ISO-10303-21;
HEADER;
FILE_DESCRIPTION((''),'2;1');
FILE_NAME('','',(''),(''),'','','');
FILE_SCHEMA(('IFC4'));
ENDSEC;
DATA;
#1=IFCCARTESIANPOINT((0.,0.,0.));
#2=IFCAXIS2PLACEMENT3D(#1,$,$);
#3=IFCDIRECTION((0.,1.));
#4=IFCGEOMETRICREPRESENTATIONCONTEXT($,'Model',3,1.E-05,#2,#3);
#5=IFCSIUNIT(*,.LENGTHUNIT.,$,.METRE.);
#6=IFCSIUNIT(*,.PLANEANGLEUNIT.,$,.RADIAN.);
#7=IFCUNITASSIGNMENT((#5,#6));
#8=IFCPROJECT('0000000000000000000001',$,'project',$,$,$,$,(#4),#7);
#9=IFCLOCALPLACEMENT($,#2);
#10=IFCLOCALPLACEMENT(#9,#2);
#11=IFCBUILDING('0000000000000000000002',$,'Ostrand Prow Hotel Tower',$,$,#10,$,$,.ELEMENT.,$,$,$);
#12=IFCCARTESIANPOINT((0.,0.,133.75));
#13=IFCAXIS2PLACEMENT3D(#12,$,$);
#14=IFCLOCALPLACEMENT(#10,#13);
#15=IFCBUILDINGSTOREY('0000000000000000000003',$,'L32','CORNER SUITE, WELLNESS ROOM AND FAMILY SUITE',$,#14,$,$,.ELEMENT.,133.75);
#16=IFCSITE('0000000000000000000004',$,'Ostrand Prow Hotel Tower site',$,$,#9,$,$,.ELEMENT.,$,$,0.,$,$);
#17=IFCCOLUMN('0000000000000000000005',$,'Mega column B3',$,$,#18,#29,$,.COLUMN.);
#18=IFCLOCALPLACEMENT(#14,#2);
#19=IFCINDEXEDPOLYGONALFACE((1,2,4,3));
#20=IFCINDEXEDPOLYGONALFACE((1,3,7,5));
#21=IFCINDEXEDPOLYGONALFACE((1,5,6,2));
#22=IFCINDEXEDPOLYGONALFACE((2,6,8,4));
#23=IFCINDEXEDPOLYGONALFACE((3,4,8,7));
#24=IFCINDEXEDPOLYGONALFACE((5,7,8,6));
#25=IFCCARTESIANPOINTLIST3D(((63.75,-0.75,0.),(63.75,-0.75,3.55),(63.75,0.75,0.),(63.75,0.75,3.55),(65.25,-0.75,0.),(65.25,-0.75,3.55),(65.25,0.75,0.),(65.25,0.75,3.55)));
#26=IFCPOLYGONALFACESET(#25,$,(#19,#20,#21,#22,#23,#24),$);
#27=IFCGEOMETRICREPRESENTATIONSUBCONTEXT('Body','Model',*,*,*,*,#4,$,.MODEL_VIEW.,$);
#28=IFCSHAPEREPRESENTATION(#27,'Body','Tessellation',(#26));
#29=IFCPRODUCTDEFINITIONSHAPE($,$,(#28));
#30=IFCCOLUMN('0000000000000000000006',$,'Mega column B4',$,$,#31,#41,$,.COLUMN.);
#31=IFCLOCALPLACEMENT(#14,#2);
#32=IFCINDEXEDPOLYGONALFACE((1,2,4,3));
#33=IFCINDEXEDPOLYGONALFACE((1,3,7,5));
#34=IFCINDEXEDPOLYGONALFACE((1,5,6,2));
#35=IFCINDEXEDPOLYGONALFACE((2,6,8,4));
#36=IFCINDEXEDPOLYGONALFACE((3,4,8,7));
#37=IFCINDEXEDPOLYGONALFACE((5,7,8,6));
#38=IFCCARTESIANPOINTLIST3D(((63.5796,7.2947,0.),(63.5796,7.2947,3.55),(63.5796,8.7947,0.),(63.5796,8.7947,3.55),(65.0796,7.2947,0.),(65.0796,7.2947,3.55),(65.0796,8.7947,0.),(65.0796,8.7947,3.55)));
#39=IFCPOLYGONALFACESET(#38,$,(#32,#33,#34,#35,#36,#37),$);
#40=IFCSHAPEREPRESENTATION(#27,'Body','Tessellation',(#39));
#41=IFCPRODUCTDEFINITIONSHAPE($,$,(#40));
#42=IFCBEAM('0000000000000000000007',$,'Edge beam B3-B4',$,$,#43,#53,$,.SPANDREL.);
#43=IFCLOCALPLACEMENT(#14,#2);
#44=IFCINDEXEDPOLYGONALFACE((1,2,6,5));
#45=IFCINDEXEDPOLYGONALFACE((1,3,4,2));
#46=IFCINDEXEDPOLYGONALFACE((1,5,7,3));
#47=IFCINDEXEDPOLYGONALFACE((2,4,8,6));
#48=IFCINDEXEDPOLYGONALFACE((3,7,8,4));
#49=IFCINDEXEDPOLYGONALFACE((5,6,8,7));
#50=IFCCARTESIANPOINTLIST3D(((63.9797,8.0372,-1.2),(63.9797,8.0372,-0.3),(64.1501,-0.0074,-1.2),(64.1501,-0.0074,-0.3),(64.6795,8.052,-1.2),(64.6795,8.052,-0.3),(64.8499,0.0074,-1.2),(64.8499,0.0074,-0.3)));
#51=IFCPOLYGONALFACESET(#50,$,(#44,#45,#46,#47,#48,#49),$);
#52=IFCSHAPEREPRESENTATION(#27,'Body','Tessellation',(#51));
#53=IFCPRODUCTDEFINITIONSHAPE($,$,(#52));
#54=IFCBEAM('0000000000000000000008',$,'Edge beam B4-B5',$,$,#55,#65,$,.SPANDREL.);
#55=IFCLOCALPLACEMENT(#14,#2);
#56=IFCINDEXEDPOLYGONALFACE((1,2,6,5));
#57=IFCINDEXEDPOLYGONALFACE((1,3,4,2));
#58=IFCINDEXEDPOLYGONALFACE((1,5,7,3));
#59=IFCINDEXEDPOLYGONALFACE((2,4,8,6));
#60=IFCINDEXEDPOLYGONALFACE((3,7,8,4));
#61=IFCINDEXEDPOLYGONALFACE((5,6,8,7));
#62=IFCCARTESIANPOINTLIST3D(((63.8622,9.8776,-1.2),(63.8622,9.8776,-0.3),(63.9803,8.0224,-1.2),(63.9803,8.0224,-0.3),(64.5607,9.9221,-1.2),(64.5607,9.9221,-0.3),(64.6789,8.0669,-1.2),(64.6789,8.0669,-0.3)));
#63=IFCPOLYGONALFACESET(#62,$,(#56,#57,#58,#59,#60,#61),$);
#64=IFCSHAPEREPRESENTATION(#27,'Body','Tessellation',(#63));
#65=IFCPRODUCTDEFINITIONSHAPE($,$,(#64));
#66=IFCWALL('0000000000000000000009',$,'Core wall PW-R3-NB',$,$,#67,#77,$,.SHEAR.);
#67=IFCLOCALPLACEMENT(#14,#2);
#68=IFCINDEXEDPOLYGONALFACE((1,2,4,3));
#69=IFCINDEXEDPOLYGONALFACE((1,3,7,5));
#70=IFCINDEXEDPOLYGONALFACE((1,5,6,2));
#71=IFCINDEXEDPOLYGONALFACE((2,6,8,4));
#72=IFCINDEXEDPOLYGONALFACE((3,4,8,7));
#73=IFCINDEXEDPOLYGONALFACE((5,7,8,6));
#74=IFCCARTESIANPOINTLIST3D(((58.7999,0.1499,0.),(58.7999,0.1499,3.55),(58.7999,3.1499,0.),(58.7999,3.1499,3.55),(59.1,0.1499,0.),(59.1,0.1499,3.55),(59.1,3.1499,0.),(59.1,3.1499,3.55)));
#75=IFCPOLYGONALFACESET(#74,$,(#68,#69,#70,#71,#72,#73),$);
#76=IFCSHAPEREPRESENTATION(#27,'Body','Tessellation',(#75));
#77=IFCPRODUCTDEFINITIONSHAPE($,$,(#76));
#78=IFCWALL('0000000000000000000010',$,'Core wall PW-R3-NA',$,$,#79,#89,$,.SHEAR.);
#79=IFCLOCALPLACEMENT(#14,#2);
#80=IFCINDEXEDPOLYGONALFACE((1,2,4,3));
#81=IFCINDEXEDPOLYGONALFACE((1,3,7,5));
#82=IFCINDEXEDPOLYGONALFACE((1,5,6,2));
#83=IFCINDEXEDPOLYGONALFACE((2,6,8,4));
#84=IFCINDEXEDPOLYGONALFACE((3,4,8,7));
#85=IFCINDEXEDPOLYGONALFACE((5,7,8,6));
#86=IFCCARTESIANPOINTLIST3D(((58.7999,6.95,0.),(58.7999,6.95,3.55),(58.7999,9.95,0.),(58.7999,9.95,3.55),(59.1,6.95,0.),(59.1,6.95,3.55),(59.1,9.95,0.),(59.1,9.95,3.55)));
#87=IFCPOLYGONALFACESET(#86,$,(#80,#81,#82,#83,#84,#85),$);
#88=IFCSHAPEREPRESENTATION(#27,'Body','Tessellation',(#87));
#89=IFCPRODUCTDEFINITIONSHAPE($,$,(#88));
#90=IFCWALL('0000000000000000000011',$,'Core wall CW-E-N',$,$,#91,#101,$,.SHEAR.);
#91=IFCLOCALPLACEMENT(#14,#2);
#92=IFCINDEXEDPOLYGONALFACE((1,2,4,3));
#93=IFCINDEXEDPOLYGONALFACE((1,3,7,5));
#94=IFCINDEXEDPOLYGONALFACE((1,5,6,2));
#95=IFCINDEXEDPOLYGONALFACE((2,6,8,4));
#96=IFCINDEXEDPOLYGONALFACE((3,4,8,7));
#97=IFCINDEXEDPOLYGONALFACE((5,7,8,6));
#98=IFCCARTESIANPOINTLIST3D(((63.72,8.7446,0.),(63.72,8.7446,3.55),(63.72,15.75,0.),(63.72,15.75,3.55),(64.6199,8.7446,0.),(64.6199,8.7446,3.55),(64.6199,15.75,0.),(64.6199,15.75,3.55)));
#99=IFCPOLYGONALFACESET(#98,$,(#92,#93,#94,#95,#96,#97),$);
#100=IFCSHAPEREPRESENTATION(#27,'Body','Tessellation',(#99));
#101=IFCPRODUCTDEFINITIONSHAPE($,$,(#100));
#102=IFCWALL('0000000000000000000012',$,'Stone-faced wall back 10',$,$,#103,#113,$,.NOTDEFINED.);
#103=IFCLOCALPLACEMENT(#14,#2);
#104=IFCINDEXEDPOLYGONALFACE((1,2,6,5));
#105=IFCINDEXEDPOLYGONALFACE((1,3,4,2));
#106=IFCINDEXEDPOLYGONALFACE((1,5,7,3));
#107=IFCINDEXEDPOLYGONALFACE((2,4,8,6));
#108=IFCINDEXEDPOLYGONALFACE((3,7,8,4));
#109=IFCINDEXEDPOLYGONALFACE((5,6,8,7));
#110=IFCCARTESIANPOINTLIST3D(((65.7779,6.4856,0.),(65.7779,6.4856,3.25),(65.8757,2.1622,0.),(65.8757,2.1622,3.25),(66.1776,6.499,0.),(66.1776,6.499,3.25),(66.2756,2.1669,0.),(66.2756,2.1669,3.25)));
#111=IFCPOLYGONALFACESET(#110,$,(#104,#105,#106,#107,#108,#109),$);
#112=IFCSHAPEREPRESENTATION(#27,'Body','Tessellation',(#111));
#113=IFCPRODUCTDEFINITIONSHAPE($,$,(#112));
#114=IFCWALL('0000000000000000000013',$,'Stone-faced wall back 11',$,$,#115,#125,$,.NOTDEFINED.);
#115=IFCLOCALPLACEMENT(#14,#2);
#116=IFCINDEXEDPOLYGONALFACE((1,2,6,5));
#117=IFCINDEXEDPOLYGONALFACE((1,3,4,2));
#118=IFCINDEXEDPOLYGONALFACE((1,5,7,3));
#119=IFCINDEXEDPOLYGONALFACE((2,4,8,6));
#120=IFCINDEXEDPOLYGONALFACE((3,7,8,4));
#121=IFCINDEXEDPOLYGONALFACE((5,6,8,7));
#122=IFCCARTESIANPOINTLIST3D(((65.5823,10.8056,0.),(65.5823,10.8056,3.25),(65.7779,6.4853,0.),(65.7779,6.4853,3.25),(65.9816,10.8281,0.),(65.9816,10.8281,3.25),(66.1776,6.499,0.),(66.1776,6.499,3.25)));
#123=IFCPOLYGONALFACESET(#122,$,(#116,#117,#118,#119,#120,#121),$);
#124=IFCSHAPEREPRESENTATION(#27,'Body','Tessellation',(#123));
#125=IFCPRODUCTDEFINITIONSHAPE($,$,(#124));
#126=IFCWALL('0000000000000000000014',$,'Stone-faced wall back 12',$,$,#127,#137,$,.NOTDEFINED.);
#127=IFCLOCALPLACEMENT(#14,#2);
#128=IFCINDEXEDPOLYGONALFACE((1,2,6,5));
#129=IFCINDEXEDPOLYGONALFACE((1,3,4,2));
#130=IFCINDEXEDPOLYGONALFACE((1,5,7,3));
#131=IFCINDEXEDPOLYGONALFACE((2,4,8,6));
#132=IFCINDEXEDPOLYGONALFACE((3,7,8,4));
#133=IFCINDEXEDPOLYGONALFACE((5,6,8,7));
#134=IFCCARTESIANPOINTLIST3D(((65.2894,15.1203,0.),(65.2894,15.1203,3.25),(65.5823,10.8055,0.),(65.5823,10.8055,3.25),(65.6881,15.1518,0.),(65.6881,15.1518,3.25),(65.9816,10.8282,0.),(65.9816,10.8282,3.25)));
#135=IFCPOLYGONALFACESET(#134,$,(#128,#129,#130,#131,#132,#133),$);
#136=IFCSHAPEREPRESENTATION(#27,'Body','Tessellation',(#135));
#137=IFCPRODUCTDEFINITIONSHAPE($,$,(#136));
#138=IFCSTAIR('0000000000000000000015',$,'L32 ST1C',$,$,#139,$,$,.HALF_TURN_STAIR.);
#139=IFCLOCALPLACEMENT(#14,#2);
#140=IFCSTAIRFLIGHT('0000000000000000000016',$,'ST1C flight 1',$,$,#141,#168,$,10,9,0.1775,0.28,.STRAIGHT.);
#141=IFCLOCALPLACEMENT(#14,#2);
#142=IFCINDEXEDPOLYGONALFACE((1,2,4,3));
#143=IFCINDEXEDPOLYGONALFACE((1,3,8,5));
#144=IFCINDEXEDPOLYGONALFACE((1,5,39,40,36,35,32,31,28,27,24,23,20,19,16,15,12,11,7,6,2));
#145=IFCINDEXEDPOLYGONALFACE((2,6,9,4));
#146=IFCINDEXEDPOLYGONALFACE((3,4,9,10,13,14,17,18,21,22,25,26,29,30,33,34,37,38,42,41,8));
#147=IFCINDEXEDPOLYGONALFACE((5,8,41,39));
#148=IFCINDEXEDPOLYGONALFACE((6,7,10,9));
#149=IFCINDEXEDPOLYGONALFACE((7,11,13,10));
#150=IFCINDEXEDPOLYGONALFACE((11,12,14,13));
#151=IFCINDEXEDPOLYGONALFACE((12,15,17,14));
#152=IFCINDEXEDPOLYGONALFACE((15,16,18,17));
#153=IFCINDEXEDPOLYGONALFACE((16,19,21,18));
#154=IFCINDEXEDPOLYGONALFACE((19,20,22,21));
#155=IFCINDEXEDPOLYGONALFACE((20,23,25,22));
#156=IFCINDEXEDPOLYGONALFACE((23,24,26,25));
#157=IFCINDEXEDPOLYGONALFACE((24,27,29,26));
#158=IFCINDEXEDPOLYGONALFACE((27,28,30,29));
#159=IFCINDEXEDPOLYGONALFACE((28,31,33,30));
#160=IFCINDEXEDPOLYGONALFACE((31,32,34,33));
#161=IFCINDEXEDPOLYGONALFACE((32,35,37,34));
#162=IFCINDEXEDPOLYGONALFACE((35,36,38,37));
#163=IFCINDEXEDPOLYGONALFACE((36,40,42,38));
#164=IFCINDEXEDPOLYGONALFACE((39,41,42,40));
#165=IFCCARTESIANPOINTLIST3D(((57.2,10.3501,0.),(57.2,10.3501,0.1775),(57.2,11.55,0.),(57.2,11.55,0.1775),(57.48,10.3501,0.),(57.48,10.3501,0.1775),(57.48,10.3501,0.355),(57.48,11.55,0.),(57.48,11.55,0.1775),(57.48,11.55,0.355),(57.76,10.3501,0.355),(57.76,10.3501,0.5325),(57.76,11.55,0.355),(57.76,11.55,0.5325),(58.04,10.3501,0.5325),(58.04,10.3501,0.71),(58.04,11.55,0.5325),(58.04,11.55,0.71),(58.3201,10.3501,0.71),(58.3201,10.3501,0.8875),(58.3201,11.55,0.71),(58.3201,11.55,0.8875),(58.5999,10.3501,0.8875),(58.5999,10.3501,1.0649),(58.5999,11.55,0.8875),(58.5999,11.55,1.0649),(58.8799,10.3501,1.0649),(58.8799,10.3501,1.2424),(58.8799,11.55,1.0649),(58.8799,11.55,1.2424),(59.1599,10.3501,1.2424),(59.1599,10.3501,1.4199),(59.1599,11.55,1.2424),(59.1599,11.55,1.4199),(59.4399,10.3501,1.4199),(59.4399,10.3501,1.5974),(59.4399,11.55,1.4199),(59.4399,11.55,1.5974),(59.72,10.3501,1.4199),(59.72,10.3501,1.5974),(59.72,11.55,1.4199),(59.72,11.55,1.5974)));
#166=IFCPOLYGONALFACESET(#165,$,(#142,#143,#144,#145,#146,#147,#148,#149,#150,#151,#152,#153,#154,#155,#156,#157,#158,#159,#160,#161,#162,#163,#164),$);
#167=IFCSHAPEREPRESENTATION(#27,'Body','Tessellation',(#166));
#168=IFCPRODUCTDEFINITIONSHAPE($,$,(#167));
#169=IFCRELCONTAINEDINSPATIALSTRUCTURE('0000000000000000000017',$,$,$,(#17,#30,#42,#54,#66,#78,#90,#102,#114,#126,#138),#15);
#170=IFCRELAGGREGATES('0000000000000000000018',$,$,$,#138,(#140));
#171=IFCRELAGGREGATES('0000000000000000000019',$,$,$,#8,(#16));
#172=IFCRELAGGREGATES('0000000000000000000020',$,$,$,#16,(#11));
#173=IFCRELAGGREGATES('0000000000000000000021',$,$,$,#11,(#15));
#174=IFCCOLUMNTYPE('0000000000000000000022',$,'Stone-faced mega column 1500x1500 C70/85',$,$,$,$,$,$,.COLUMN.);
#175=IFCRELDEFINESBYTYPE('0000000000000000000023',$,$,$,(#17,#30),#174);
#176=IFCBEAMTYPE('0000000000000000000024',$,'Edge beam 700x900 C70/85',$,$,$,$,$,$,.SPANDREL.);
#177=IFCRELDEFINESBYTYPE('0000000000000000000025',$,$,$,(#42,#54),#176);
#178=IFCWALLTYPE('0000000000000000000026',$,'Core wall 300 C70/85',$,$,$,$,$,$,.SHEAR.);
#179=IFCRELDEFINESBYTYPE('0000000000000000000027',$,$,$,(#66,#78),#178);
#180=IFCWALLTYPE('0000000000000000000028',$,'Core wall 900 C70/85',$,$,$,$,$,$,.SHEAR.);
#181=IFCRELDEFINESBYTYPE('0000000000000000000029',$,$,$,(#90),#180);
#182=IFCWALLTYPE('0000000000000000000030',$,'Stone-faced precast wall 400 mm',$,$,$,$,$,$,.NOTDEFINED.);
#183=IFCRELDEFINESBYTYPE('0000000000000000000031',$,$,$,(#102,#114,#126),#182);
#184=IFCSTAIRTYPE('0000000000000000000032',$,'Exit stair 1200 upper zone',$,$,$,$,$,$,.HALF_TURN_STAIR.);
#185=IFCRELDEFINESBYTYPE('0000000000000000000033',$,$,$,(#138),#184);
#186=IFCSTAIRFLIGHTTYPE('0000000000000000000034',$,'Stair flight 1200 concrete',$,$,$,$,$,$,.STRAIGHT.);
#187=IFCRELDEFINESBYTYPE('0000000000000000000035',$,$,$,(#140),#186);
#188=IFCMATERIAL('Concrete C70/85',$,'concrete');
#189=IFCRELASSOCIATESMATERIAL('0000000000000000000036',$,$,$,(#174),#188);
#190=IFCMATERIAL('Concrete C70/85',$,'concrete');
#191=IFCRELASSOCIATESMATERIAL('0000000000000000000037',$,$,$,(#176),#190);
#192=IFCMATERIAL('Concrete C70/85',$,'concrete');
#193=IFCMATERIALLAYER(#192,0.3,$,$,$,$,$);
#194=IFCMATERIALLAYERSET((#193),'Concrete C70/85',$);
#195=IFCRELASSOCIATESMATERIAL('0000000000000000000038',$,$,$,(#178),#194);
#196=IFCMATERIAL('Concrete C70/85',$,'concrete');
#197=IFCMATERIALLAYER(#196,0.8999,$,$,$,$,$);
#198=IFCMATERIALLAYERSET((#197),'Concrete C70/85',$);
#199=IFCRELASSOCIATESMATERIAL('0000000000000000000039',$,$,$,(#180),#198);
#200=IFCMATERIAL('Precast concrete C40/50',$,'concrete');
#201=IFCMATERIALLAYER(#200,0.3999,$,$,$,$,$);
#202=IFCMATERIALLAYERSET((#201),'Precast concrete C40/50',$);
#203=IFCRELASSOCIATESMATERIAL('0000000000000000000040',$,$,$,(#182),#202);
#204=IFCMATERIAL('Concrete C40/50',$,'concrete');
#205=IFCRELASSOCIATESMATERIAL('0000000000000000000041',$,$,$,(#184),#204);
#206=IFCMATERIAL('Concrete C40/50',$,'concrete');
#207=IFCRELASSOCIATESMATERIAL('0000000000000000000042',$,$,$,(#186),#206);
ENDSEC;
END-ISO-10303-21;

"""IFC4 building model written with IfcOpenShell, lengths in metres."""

from ifc_helpers import new_model, si_unit, direction, frame, frame_2d, origin, origin_2d, place, context, subcontext, project, spatial, polyline, rectangle, outline, extrude, material, layer, layer_set, material_profile, profile_set, type_object, element, aggregate, save


model = new_model("IFC4")

# Units and contexts
model_context = context("Model", 3, precision=1e-05, world=origin(), true_north=direction((0.0, 1.0)))
body_context = subcontext(model_context, "Body", "Model", "MODEL_VIEW")
ifc_project = project(units=[si_unit("LENGTHUNIT", "METRE"), si_unit("PLANEANGLEUNIT", "RADIAN")], contexts=[model_context])

# Site, building, storey
site_placement = place(None, origin())
site = spatial("IfcSite", under=ifc_project, at=site_placement, Name="Ostrand Prow Hotel Tower site", CompositionType="ELEMENT", RefElevation=0.0)
building_placement = place(site_placement, origin())
building = spatial("IfcBuilding", under=site, at=building_placement, Name="Ostrand Prow Hotel Tower", CompositionType="ELEMENT")
storey_placement = place(building_placement, frame((0.0, 0.0, 133.75)))
storey = spatial("IfcBuildingStorey", under=building, at=storey_placement, Name="L32", Description="CORNER SUITE, WELLNESS ROOM AND FAMILY SUITE", CompositionType="ELEMENT", Elevation=133.75)

# Columns
ifc_material_1 = material(Name="Concrete C70/85", Category="concrete")
ifc_material_profile_1 = material_profile(ifc_material_1, rectangle(XDim=1.5, YDim=1.5, at=origin_2d()), Name="RC 1500x1500")
ifc_profile_set_1 = profile_set([ifc_material_profile_1], Name="Concrete C70/85")
column_type = type_object("IfcColumnType", Name="Stone-faced mega column 1500x1500 C70/85", PredefinedType="COLUMN", material=ifc_profile_set_1)
for number, where, z_axis, x_axis, name in (
    (1, (64.5, 0.0, 0.0), (0.0, 0.0, 1.0), (1.0, 0.0, 0.0), "Mega column B3"),
    (2, (64.3296, 8.0447, 0.0), (0.0, 0.0, 1.0), (1.0, 0.0, 0.0), "Mega column B4"),
):
    element("IfcColumn", number, at=place(storey_placement, frame(where, z_axis=z_axis, x_axis=x_axis)), inside=storey, type_object=column_type, Name=name, PredefinedType="COLUMN", context=body_context, shape_type="SweptSolid", body=[
        extrude(rectangle(XDim=1.5, YDim=1.5, at=origin_2d()), origin(), (0.0, 0.0, 1.0), 3.55),
    ])

# Beams
ifc_material_2 = material(Name="Concrete C70/85", Category="concrete")
ifc_material_profile_2 = material_profile(ifc_material_2, rectangle(XDim=0.7, YDim=0.8999, at=origin_2d()), Name="RC 700x900")
ifc_profile_set_2 = profile_set([ifc_material_profile_2], Name="Concrete C70/85")
beam_type = type_object("IfcBeamType", Name="Edge beam 700x900 C70/85", PredefinedType="SPANDREL", material=ifc_profile_set_2)
beam_1_placement = place(storey_placement, frame((64.5, 0.0, -0.75), z_axis=(-0.021178, 0.999776, 0.0), x_axis=(-0.999776, -0.021178, 0.0)))
element("IfcBeam", 3, at=beam_1_placement, inside=storey, type_object=beam_type, Name="Edge beam B3-B4", PredefinedType="SPANDREL", context=body_context, shape_type="SweptSolid", body=[
    extrude(rectangle(XDim=0.7, YDim=0.8999, at=origin_2d()), origin(), (0.0, 0.0, 1.0), 8.0464),
])
beam_2_placement = place(storey_placement, frame((64.3296, 8.0447, -0.75), z_axis=(-0.063564, 0.997978, 0.0), x_axis=(-0.997978, -0.063564, 0.0)))
element("IfcBeam", 4, at=beam_2_placement, inside=storey, type_object=beam_type, Name="Edge beam B4-B5", PredefinedType="SPANDREL", context=body_context, shape_type="SweptSolid", body=[
    extrude(rectangle(XDim=0.7, YDim=0.8999, at=origin_2d()), origin(), (0.0, 0.0, 1.0), 1.8589),
])

# Walls
ifc_material_3 = material(Name="Concrete C70/85", Category="concrete")
ifc_layer_1 = layer(ifc_material_3, 0.3)
ifc_layer_set_1 = layer_set([ifc_layer_1], Name="Concrete C70/85")
wall_type_1 = type_object("IfcWallType", Name="Core wall 300 C70/85", PredefinedType="SHEAR", material=ifc_layer_set_1)
for number, where, z_axis, x_axis, name in (
    (5, (58.95, 0.1499, 0.0), (0.0, 0.0, 1.0), (0.0, 1.0, 0.0), "Core wall PW-R3-NB"),
    (6, (58.95, 6.95, 0.0), (0.0, 0.0, 1.0), (0.0, 1.0, 0.0), "Core wall PW-R3-NA"),
):
    element("IfcWall", number, at=place(storey_placement, frame(where, z_axis=z_axis, x_axis=x_axis)), inside=storey, type_object=wall_type_1, Name=name, PredefinedType="SHEAR", context=body_context, shape_type="SweptSolid", body=[
        extrude(rectangle(XDim=3.0, YDim=0.3, at=frame_2d((1.5, 0.0))), origin(), (0.0, 0.0, 1.0), 3.55),
    ])
ifc_material_4 = material(Name="Concrete C70/85", Category="concrete")
ifc_layer_2 = layer(ifc_material_4, 0.8999)
ifc_layer_set_2 = layer_set([ifc_layer_2], Name="Concrete C70/85")
wall_type_2 = type_object("IfcWallType", Name="Core wall 900 C70/85", PredefinedType="SHEAR", material=ifc_layer_set_2)
wall_1_placement = place(storey_placement, frame((64.1699, 8.7446, 0.0), z_axis=(0.0, 0.0, 1.0), x_axis=(0.0, 1.0, 0.0)))
element("IfcWall", 7, at=wall_1_placement, inside=storey, type_object=wall_type_2, Name="Core wall CW-E-N", PredefinedType="SHEAR", context=body_context, shape_type="SweptSolid", body=[
    extrude(rectangle(XDim=7.0054, YDim=0.8999, at=frame_2d((3.5027, 0.0))), origin(), (0.0, 0.0, 1.0), 3.55),
])
ifc_material_5 = material(Name="Precast concrete C40/50", Category="concrete")
ifc_layer_3 = layer(ifc_material_5, 0.3999)
ifc_layer_set_3 = layer_set([ifc_layer_3], Name="Precast concrete C40/50")
wall_type_3 = type_object("IfcWallType", Name="Stone-faced precast wall 400 mm", PredefinedType="NOTDEFINED", material=ifc_layer_set_3)
wall_2_placement = place(storey_placement, frame((66.0757, 2.1646, 0.0), z_axis=(0.0, 0.0, 1.0), x_axis=(-0.022616, 0.999744, 0.0)))
element("IfcWall", 8, at=wall_2_placement, inside=storey, type_object=wall_type_3, Name="Stone-faced wall back 10", PredefinedType="NOTDEFINED", context=body_context, shape_type="SweptSolid", body=[
    extrude(outline(polyline([(-0.0022, -0.2), (4.3311, -0.2), (4.3267, 0.2), (0.0022, 0.2), (-0.0022, -0.2)])), origin(), (0.0, 0.0, 1.0), 3.25),
])
for number, where, z_axis, x_axis, name in (
    (9, (65.9778, 6.4922, 0.0), (0.0, 0.0, 1.0), (-0.045229, 0.998977, 0.0), "Stone-faced wall back 11"),
    (10, (65.782, 10.8169, 0.0), (0.0, 0.0, 1.0), (-0.067732, 0.997704, 0.0), "Stone-faced wall back 12"),
):
    element("IfcWall", number, at=place(storey_placement, frame(where, z_axis=z_axis, x_axis=x_axis)), inside=storey, type_object=wall_type_3, Name=name, PredefinedType="NOTDEFINED", context=body_context, shape_type="SweptSolid", body=[
        extrude(outline(polyline([(-0.0022, -0.2), (4.3313, -0.2), (4.3269, 0.2), (0.0022, 0.2), (-0.0022, -0.2)])), origin(), (0.0, 0.0, 1.0), 3.25),
    ])

# Stair, stair flight
ifc_material_6 = material(Name="Concrete C40/50", Category="concrete")
stair_type = type_object("IfcStairType", Name="Exit stair 1200 upper zone", PredefinedType="HALF_TURN_STAIR", material=ifc_material_6)
stair_1_placement = place(storey_placement, origin())
stair_1 = element("IfcStair", 11, at=stair_1_placement, inside=storey, type_object=stair_type, Name="L32 ST1C", PredefinedType="HALF_TURN_STAIR")
ifc_material_7 = material(Name="Concrete C40/50", Category="concrete")
stair_flight_type = type_object("IfcStairFlightType", Name="Stair flight 1200 concrete", PredefinedType="STRAIGHT", material=ifc_material_7)
stair_flight_1_placement = place(storey_placement, frame((57.2, 10.95, 0.0), z_axis=(0.0, 0.0, 1.0), x_axis=(1.0, 0.0, 0.0)))
stair_flight_1 = element("IfcStairFlight", 12, at=stair_flight_1_placement, type_object=stair_flight_type, Name="ST1C flight 1", NumberOfRisers=10, NumberOfTreads=9, PredefinedType="STRAIGHT", RiserHeight=0.1775, TreadLength=0.28, context=body_context, shape_type="SweptSolid", body=[
    extrude(outline(polyline([(0.0, 0.0), (0.0, 0.1775), (0.28, 0.1775), (0.28, 0.355), (0.5601, 0.355), (0.5601, 0.5325), (0.8401, 0.5325), (0.8401, 0.71), (1.1201, 0.71), (1.1201, 0.8875), (1.3999, 0.8875), (1.3999, 1.0649), (1.6799, 1.0649), (1.6799, 1.2424), (1.96, 1.2424), (1.96, 1.4199), (2.24, 1.4199), (2.24, 1.5974), (2.52, 1.5974), (2.52, 1.7749), (2.52, 1.4199), (0.28, 0.0), (0.0, 0.0)])), frame((0.0, 0.6001, 0.0), z_axis=(0.0, -1.0, 0.0), x_axis=(1.0, 0.0, 0.0)), (0.0, 0.0, 1.0), 1.2),
])
aggregate(stair_1, [stair_flight_1])

save(model, "model.ifc")
